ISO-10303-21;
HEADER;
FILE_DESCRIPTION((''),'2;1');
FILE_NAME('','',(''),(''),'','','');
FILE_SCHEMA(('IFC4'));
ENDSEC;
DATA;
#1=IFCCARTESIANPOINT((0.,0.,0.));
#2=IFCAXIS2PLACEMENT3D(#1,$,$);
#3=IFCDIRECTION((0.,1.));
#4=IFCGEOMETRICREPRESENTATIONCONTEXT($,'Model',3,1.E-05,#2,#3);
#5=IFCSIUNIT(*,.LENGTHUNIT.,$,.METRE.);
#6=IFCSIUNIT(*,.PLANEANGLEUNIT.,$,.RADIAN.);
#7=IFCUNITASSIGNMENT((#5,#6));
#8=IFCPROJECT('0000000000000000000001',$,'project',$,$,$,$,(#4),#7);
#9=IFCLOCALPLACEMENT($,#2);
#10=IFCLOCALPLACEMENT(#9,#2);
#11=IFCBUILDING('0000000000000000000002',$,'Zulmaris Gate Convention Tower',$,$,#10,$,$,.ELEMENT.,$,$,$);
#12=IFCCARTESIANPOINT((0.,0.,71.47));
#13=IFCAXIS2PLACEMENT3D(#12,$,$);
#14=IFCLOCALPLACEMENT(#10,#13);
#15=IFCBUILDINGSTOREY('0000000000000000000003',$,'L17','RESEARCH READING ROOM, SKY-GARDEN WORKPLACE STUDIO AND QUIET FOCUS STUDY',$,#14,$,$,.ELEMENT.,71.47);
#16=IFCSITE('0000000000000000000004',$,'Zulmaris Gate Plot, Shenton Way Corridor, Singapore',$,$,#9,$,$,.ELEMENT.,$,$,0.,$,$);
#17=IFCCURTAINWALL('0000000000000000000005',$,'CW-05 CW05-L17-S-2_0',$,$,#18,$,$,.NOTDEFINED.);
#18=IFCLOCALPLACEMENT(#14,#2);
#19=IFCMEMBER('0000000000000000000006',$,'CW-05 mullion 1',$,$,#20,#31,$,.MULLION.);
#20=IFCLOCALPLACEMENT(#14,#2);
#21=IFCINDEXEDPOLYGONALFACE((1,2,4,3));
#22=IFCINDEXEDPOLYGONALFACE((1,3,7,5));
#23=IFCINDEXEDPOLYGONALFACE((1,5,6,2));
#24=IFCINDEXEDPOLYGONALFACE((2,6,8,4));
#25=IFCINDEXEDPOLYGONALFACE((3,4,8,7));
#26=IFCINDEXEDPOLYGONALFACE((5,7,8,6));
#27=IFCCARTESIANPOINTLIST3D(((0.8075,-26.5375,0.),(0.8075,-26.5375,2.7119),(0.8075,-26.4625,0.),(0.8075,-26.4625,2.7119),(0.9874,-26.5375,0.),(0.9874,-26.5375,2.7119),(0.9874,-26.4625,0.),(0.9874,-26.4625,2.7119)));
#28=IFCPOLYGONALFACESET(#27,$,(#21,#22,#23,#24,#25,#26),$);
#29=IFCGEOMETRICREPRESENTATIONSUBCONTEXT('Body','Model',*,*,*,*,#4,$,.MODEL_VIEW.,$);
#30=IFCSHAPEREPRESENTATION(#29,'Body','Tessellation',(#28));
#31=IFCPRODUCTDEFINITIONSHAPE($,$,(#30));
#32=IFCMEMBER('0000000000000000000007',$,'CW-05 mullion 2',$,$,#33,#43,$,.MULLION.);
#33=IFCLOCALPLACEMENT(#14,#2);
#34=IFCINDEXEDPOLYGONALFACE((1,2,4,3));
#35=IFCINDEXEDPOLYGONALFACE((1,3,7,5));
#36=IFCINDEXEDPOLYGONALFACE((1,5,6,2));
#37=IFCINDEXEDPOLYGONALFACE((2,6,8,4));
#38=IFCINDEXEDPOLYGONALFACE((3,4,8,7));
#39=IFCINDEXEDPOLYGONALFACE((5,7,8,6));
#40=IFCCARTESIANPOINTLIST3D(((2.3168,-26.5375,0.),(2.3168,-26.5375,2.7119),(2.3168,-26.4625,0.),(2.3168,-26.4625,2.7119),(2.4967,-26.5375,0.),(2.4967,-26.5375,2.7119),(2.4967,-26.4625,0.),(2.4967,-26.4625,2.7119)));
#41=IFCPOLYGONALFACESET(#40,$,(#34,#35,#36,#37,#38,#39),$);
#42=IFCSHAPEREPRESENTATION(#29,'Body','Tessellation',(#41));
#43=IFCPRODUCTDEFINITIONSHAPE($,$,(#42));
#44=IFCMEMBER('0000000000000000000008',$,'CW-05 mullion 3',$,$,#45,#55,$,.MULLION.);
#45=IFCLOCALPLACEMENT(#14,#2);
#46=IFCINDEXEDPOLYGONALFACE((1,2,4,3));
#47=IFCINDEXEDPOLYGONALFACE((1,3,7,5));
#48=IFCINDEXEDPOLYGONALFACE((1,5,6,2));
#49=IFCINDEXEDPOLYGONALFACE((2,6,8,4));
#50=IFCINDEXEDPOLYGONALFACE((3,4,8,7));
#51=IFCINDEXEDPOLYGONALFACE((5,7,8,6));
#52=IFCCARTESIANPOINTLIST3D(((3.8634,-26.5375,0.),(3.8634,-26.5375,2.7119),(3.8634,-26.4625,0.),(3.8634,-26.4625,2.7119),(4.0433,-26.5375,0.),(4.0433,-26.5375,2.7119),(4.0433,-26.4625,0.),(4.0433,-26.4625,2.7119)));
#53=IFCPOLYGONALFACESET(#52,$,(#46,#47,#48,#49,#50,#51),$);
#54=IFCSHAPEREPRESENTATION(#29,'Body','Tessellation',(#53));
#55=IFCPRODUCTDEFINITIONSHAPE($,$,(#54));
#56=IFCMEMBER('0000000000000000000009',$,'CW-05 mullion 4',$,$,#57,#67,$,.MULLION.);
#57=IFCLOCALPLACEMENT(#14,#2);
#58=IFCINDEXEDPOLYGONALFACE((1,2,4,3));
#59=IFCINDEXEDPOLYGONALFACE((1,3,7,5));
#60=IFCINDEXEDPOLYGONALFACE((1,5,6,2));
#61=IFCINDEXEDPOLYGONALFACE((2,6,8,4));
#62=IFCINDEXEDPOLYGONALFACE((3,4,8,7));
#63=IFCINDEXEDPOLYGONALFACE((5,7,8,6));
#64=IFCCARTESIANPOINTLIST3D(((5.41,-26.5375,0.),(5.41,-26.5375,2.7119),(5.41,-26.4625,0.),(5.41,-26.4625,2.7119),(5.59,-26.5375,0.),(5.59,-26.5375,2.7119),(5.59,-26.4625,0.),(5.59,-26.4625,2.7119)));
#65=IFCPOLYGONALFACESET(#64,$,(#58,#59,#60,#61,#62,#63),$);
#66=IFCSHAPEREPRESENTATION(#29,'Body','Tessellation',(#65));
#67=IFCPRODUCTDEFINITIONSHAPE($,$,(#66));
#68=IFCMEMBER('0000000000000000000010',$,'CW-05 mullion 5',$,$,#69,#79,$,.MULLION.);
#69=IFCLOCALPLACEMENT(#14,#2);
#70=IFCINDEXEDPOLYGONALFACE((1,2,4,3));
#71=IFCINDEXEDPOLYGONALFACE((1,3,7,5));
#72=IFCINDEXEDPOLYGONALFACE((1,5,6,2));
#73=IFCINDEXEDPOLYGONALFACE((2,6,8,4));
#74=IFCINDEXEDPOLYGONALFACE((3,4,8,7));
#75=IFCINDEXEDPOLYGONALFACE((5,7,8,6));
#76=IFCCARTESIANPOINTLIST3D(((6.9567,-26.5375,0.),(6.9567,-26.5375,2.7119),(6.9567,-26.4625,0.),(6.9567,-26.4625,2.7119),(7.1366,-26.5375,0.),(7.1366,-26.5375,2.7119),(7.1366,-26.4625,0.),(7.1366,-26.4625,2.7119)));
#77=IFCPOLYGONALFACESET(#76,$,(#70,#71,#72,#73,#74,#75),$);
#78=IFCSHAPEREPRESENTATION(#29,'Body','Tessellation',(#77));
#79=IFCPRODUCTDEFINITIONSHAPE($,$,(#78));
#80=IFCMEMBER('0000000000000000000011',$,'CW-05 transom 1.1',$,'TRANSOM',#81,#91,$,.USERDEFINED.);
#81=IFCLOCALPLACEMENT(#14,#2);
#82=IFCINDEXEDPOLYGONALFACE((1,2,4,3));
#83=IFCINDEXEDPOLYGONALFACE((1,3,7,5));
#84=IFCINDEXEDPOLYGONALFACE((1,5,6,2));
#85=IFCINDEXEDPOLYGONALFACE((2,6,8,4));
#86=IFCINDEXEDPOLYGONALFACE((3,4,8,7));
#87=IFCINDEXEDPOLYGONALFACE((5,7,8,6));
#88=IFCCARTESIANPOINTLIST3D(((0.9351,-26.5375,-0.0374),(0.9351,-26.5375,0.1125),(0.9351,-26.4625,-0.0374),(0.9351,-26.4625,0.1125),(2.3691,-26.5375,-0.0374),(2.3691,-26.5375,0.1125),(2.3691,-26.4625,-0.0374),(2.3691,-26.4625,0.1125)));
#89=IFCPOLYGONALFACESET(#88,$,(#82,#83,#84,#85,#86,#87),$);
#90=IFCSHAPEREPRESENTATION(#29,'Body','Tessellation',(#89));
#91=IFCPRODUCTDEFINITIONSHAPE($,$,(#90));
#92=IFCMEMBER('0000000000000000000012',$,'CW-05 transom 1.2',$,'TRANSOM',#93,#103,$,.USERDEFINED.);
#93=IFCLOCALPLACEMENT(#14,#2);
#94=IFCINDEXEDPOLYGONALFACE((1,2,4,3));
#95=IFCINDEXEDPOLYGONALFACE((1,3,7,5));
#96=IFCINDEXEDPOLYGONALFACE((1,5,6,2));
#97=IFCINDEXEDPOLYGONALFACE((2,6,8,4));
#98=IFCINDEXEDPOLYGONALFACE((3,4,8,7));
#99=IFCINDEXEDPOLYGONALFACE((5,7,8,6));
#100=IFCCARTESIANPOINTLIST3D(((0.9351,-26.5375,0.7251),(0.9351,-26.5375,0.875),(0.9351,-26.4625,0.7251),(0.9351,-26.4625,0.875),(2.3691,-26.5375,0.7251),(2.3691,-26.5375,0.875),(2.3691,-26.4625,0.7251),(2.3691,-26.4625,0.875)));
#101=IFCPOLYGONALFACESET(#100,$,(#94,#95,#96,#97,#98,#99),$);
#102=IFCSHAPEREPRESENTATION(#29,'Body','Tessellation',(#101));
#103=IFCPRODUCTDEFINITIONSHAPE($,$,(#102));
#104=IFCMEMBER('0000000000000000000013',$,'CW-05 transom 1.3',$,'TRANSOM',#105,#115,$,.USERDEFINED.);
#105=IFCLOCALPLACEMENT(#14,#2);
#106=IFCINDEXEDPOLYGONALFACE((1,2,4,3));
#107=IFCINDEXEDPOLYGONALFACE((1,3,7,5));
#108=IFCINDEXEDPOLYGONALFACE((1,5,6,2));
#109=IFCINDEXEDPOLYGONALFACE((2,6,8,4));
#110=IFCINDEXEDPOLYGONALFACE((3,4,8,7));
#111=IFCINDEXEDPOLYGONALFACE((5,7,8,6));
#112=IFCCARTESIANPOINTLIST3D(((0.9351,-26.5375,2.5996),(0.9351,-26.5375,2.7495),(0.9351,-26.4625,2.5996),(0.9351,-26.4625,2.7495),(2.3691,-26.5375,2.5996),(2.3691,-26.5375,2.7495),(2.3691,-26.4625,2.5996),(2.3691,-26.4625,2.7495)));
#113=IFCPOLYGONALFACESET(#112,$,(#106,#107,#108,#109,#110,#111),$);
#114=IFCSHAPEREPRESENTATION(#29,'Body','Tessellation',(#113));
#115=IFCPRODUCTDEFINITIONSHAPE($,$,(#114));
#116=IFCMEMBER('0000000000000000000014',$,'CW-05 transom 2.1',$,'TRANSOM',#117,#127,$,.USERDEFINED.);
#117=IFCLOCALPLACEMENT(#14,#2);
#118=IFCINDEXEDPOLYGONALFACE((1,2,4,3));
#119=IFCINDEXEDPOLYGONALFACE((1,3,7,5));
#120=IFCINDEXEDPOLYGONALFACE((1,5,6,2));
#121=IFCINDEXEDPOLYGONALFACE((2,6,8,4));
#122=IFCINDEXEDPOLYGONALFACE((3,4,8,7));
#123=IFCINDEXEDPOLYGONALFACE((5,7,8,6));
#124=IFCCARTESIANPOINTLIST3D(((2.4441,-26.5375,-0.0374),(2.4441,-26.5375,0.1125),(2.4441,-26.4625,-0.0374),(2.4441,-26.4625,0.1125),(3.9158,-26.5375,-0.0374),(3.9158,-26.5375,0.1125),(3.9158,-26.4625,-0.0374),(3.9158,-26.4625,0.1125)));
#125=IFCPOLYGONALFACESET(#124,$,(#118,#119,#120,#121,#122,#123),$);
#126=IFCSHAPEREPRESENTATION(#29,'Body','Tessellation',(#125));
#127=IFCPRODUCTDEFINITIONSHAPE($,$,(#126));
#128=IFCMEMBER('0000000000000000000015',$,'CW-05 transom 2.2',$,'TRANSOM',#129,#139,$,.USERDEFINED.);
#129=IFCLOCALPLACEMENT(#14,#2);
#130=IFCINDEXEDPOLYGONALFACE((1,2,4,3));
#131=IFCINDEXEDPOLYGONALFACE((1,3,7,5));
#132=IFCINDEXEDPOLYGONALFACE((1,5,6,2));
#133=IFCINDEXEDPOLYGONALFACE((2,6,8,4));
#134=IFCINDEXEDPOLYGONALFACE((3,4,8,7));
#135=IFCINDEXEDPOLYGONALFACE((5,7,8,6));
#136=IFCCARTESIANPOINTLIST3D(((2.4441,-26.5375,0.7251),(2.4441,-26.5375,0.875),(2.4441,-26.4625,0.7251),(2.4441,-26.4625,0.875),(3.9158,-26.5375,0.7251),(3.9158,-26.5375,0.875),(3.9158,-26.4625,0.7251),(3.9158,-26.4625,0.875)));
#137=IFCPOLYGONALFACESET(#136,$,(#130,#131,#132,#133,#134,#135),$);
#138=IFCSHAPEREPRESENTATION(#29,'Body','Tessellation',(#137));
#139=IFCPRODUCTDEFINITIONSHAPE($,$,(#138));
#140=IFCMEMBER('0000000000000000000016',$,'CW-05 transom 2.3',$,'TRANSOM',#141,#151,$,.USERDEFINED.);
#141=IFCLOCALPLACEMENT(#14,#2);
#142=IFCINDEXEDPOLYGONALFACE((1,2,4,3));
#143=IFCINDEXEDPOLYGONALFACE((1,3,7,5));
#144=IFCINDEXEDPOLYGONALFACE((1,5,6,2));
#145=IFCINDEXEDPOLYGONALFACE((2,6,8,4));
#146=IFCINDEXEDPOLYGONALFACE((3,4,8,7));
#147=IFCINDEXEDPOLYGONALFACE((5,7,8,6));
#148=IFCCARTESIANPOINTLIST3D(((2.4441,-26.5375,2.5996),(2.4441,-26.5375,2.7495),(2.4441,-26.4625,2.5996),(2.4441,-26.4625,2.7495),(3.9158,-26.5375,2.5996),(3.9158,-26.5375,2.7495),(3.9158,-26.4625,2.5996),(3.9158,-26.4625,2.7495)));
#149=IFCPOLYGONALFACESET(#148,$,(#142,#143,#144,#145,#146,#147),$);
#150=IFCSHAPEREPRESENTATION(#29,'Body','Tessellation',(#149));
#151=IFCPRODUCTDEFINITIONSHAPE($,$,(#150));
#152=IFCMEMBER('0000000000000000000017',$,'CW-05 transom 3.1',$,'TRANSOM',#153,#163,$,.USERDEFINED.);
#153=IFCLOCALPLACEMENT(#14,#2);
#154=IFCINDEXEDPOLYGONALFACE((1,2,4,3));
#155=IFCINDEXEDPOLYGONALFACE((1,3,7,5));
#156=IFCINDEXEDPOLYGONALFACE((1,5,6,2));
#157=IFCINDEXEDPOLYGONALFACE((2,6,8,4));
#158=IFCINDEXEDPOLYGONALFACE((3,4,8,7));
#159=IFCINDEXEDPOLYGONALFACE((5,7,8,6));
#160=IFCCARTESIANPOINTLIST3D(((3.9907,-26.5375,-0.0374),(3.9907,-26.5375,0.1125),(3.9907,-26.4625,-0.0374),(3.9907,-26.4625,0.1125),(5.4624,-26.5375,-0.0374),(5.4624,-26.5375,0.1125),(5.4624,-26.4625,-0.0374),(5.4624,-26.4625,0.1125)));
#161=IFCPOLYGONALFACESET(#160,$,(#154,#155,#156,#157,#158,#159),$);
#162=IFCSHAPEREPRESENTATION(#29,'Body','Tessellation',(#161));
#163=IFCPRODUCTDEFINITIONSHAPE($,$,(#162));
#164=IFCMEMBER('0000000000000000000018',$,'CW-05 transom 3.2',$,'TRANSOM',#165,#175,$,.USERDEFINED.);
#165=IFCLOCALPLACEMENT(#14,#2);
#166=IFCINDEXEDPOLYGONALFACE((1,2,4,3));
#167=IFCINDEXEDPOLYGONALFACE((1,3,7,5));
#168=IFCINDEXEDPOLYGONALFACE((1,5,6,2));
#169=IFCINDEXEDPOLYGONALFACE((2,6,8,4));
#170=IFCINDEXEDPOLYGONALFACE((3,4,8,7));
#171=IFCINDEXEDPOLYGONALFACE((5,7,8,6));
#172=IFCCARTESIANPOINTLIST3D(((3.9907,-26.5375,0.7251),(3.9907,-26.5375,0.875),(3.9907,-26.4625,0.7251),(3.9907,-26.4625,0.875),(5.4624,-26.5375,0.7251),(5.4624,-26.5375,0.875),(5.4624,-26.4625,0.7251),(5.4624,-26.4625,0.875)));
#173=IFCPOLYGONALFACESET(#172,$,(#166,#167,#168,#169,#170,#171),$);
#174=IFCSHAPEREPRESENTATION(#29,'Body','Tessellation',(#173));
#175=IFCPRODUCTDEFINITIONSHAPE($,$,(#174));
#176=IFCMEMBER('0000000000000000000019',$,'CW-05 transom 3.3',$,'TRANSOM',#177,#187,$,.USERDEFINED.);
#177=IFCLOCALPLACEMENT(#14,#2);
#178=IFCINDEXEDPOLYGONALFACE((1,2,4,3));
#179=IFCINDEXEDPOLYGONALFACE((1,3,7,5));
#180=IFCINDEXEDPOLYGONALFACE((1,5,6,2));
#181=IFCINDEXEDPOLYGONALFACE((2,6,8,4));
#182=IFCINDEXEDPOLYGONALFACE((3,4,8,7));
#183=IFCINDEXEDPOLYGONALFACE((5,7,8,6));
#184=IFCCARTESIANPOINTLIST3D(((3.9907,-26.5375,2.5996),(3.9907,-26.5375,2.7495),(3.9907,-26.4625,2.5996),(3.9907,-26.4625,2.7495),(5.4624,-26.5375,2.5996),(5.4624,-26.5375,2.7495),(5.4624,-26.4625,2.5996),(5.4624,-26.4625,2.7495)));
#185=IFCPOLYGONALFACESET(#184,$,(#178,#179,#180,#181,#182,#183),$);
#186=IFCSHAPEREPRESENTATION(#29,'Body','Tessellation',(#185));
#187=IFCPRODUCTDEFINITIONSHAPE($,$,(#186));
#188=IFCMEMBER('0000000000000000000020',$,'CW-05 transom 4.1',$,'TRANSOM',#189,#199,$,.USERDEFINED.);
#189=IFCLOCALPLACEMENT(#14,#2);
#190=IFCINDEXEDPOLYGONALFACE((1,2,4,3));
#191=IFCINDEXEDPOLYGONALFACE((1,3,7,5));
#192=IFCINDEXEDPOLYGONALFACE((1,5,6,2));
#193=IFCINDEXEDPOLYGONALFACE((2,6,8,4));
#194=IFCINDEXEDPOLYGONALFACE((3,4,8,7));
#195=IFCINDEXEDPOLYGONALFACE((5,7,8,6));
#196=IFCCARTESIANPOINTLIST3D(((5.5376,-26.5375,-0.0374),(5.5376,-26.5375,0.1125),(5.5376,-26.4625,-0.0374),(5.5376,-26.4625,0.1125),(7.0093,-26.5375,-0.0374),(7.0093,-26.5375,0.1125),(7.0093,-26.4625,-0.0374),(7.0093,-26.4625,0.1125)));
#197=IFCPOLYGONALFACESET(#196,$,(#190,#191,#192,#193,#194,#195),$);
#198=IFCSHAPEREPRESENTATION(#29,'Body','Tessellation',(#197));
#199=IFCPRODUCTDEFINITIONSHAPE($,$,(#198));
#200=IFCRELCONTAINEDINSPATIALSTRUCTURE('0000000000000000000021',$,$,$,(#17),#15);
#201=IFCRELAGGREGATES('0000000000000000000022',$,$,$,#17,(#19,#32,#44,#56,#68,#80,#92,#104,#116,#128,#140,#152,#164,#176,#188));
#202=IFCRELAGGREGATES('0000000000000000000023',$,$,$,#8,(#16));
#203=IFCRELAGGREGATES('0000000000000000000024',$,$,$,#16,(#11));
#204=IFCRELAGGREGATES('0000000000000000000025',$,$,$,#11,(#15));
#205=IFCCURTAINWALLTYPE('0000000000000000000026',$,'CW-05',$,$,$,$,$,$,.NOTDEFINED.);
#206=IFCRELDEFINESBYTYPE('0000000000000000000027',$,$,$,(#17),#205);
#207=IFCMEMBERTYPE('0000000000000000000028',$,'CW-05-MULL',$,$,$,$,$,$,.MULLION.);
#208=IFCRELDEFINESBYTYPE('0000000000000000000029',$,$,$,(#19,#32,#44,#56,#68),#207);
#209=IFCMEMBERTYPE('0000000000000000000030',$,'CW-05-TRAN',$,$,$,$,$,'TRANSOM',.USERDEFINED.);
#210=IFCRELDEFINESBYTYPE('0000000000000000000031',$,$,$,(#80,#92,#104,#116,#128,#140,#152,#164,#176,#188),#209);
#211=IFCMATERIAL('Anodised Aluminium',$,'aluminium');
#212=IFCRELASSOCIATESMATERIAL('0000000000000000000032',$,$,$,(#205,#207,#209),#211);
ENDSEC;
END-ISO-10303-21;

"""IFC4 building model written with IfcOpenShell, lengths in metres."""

from ifc_helpers import new_model, si_unit, direction, frame, origin, origin_2d, place, context, subcontext, project, spatial, rectangle, extrude, material, material_profile, profile_set, type_object, element, aggregate, save


model = new_model("IFC4")

# Units and contexts
model_context = context("Model", 3, precision=1e-05, world=origin(), true_north=direction((0.0, 1.0)))
body_context = subcontext(model_context, "Body", "Model", "MODEL_VIEW")
ifc_project = project(units=[si_unit("LENGTHUNIT", "METRE"), si_unit("PLANEANGLEUNIT", "RADIAN")], contexts=[model_context])

# Site, building, storey
site_placement = place(None, origin())
site = spatial("IfcSite", under=ifc_project, at=site_placement, Name="Zulmaris Gate Plot, Shenton Way Corridor, Singapore", CompositionType="ELEMENT", RefElevation=0.0)
building_placement = place(site_placement, origin())
building = spatial("IfcBuilding", under=site, at=building_placement, Name="Zulmaris Gate Convention Tower", CompositionType="ELEMENT")
storey_placement = place(building_placement, frame((0.0, 0.0, 71.47)))
storey = spatial("IfcBuildingStorey", under=building, at=storey_placement, Name="L17", Description="RESEARCH READING ROOM, SKY-GARDEN WORKPLACE STUDIO AND QUIET FOCUS STUDY", CompositionType="ELEMENT", Elevation=71.47)

# Curtain wall, members
ifc_material_1 = material(Name="Anodised Aluminium", Category="aluminium")
curtain_wall_type = type_object("IfcCurtainWallType", Name="CW-05", PredefinedType="NOTDEFINED", material=ifc_material_1)
curtain_wall_placement = place(storey_placement, origin())
curtain_wall = element("IfcCurtainWall", 1, at=curtain_wall_placement, inside=storey, type_object=curtain_wall_type, Name="CW-05 CW05-L17-S-2_0", PredefinedType="NOTDEFINED")
ifc_material_profile_1 = material_profile(ifc_material_1, rectangle(XDim=0.075, YDim=0.1799, at=origin_2d()), Name="ALU MULLION 75x180")
ifc_profile_set_1 = profile_set([ifc_material_profile_1], Name="Anodised Aluminium")
member_type_1 = type_object("IfcMemberType", Name="CW-05-MULL", PredefinedType="MULLION", material=ifc_profile_set_1)
member_1_placement = place(storey_placement, frame((0.8975, -26.5, 0.0), z_axis=(0.0, 0.0, 1.0), x_axis=(0.0, 1.0, 0.0)))
member_1 = element("IfcMember", 2, at=member_1_placement, type_object=member_type_1, Name="CW-05 mullion 1", PredefinedType="MULLION", context=body_context, shape_type="SweptSolid", body=[
    extrude(rectangle(XDim=0.075, YDim=0.1799, at=origin_2d()), origin(), (0.0, 0.0, 1.0), 2.7119),
])
member_2_placement = place(storey_placement, frame((2.4067, -26.5, 0.0), z_axis=(0.0, 0.0, 1.0), x_axis=(0.0, 1.0, 0.0)))
member_2 = element("IfcMember", 3, at=member_2_placement, type_object=member_type_1, Name="CW-05 mullion 2", PredefinedType="MULLION", context=body_context, shape_type="SweptSolid", body=[
    extrude(rectangle(XDim=0.075, YDim=0.1799, at=origin_2d()), origin(), (0.0, 0.0, 1.0), 2.7119),
])
member_3_placement = place(storey_placement, frame((3.9534, -26.5, 0.0), z_axis=(0.0, 0.0, 1.0), x_axis=(0.0, 1.0, 0.0)))
member_3 = element("IfcMember", 4, at=member_3_placement, type_object=member_type_1, Name="CW-05 mullion 3", PredefinedType="MULLION", context=body_context, shape_type="SweptSolid", body=[
    extrude(rectangle(XDim=0.075, YDim=0.1799, at=origin_2d()), origin(), (0.0, 0.0, 1.0), 2.7119),
])
member_4_placement = place(storey_placement, frame((5.5, -26.5, 0.0), z_axis=(0.0, 0.0, 1.0), x_axis=(0.0, 1.0, 0.0)))
member_4 = element("IfcMember", 5, at=member_4_placement, type_object=member_type_1, Name="CW-05 mullion 4", PredefinedType="MULLION", context=body_context, shape_type="SweptSolid", body=[
    extrude(rectangle(XDim=0.075, YDim=0.1799, at=origin_2d()), origin(), (0.0, 0.0, 1.0), 2.7119),
])
member_5_placement = place(storey_placement, frame((7.0466, -26.5, 0.0), z_axis=(0.0, 0.0, 1.0), x_axis=(0.0, 1.0, 0.0)))
member_5 = element("IfcMember", 6, at=member_5_placement, type_object=member_type_1, Name="CW-05 mullion 5", PredefinedType="MULLION", context=body_context, shape_type="SweptSolid", body=[
    extrude(rectangle(XDim=0.075, YDim=0.1799, at=origin_2d()), origin(), (0.0, 0.0, 1.0), 2.7119),
])
ifc_material_profile_2 = material_profile(ifc_material_1, rectangle(XDim=0.075, YDim=0.1499, at=origin_2d()), Name="ALU TRANSOM 75x150")
ifc_profile_set_2 = profile_set([ifc_material_profile_2], Name="Anodised Aluminium")
member_type_2 = type_object("IfcMemberType", Name="CW-05-TRAN", ElementType="TRANSOM", PredefinedType="USERDEFINED", material=ifc_profile_set_2)
member_6_placement = place(storey_placement, frame((0.9351, -26.5, 0.0376), z_axis=(1.0, 0.0, 0.0), x_axis=(0.0, 1.0, 0.0)))
member_6 = element("IfcMember", 7, at=member_6_placement, type_object=member_type_2, Name="CW-05 transom 1.1", ObjectType="TRANSOM", PredefinedType="USERDEFINED", context=body_context, shape_type="SweptSolid", body=[
    extrude(rectangle(XDim=0.075, YDim=0.1499, at=origin_2d()), origin(), (0.0, 0.0, 1.0), 1.4341),
])
member_7_placement = place(storey_placement, frame((0.9351, -26.5, 0.8), z_axis=(1.0, 0.0, 0.0), x_axis=(0.0, 1.0, 0.0)))
member_7 = element("IfcMember", 8, at=member_7_placement, type_object=member_type_2, Name="CW-05 transom 1.2", ObjectType="TRANSOM", PredefinedType="USERDEFINED", context=body_context, shape_type="SweptSolid", body=[
    extrude(rectangle(XDim=0.075, YDim=0.1499, at=origin_2d()), origin(), (0.0, 0.0, 1.0), 1.4341),
])
member_8_placement = place(storey_placement, frame((0.9351, -26.5, 2.6746), z_axis=(1.0, 0.0, 0.0), x_axis=(0.0, 1.0, 0.0)))
member_8 = element("IfcMember", 9, at=member_8_placement, type_object=member_type_2, Name="CW-05 transom 1.3", ObjectType="TRANSOM", PredefinedType="USERDEFINED", context=body_context, shape_type="SweptSolid", body=[
    extrude(rectangle(XDim=0.075, YDim=0.1499, at=origin_2d()), origin(), (0.0, 0.0, 1.0), 1.4341),
])
member_9_placement = place(storey_placement, frame((2.4441, -26.5, 0.0376), z_axis=(1.0, 0.0, 0.0), x_axis=(0.0, 1.0, 0.0)))
member_9 = element("IfcMember", 10, at=member_9_placement, type_object=member_type_2, Name="CW-05 transom 2.1", ObjectType="TRANSOM", PredefinedType="USERDEFINED", context=body_context, shape_type="SweptSolid", body=[
    extrude(rectangle(XDim=0.075, YDim=0.1499, at=origin_2d()), origin(), (0.0, 0.0, 1.0), 1.4717),
])
member_10_placement = place(storey_placement, frame((2.4441, -26.5, 0.8), z_axis=(1.0, 0.0, 0.0), x_axis=(0.0, 1.0, 0.0)))
member_10 = element("IfcMember", 11, at=member_10_placement, type_object=member_type_2, Name="CW-05 transom 2.2", ObjectType="TRANSOM", PredefinedType="USERDEFINED", context=body_context, shape_type="SweptSolid", body=[
    extrude(rectangle(XDim=0.075, YDim=0.1499, at=origin_2d()), origin(), (0.0, 0.0, 1.0), 1.4717),
])
member_11_placement = place(storey_placement, frame((2.4441, -26.5, 2.6746), z_axis=(1.0, 0.0, 0.0), x_axis=(0.0, 1.0, 0.0)))
member_11 = element("IfcMember", 12, at=member_11_placement, type_object=member_type_2, Name="CW-05 transom 2.3", ObjectType="TRANSOM", PredefinedType="USERDEFINED", context=body_context, shape_type="SweptSolid", body=[
    extrude(rectangle(XDim=0.075, YDim=0.1499, at=origin_2d()), origin(), (0.0, 0.0, 1.0), 1.4717),
])
member_12_placement = place(storey_placement, frame((3.9907, -26.5, 0.0376), z_axis=(1.0, 0.0, 0.0), x_axis=(0.0, 1.0, 0.0)))
member_12 = element("IfcMember", 13, at=member_12_placement, type_object=member_type_2, Name="CW-05 transom 3.1", ObjectType="TRANSOM", PredefinedType="USERDEFINED", context=body_context, shape_type="SweptSolid", body=[
    extrude(rectangle(XDim=0.075, YDim=0.1499, at=origin_2d()), origin(), (0.0, 0.0, 1.0), 1.4717),
])
member_13_placement = place(storey_placement, frame((3.9907, -26.5, 0.8), z_axis=(1.0, 0.0, 0.0), x_axis=(0.0, 1.0, 0.0)))
member_13 = element("IfcMember", 14, at=member_13_placement, type_object=member_type_2, Name="CW-05 transom 3.2", ObjectType="TRANSOM", PredefinedType="USERDEFINED", context=body_context, shape_type="SweptSolid", body=[
    extrude(rectangle(XDim=0.075, YDim=0.1499, at=origin_2d()), origin(), (0.0, 0.0, 1.0), 1.4717),
])
member_14_placement = place(storey_placement, frame((3.9907, -26.5, 2.6746), z_axis=(1.0, 0.0, 0.0), x_axis=(0.0, 1.0, 0.0)))
member_14 = element("IfcMember", 15, at=member_14_placement, type_object=member_type_2, Name="CW-05 transom 3.3", ObjectType="TRANSOM", PredefinedType="USERDEFINED", context=body_context, shape_type="SweptSolid", body=[
    extrude(rectangle(XDim=0.075, YDim=0.1499, at=origin_2d()), origin(), (0.0, 0.0, 1.0), 1.4717),
])
member_15_placement = place(storey_placement, frame((5.5376, -26.5, 0.0376), z_axis=(1.0, 0.0, 0.0), x_axis=(0.0, 1.0, 0.0)))
member_15 = element("IfcMember", 16, at=member_15_placement, type_object=member_type_2, Name="CW-05 transom 4.1", ObjectType="TRANSOM", PredefinedType="USERDEFINED", context=body_context, shape_type="SweptSolid", body=[
    extrude(rectangle(XDim=0.075, YDim=0.1499, at=origin_2d()), origin(), (0.0, 0.0, 1.0), 1.4717),
])
aggregate(curtain_wall, [member_1, member_2, member_3, member_4, member_5, member_6, member_7, member_8, member_9, member_10, member_11, member_12, member_13, member_14, member_15])

save(model, "model.ifc")
